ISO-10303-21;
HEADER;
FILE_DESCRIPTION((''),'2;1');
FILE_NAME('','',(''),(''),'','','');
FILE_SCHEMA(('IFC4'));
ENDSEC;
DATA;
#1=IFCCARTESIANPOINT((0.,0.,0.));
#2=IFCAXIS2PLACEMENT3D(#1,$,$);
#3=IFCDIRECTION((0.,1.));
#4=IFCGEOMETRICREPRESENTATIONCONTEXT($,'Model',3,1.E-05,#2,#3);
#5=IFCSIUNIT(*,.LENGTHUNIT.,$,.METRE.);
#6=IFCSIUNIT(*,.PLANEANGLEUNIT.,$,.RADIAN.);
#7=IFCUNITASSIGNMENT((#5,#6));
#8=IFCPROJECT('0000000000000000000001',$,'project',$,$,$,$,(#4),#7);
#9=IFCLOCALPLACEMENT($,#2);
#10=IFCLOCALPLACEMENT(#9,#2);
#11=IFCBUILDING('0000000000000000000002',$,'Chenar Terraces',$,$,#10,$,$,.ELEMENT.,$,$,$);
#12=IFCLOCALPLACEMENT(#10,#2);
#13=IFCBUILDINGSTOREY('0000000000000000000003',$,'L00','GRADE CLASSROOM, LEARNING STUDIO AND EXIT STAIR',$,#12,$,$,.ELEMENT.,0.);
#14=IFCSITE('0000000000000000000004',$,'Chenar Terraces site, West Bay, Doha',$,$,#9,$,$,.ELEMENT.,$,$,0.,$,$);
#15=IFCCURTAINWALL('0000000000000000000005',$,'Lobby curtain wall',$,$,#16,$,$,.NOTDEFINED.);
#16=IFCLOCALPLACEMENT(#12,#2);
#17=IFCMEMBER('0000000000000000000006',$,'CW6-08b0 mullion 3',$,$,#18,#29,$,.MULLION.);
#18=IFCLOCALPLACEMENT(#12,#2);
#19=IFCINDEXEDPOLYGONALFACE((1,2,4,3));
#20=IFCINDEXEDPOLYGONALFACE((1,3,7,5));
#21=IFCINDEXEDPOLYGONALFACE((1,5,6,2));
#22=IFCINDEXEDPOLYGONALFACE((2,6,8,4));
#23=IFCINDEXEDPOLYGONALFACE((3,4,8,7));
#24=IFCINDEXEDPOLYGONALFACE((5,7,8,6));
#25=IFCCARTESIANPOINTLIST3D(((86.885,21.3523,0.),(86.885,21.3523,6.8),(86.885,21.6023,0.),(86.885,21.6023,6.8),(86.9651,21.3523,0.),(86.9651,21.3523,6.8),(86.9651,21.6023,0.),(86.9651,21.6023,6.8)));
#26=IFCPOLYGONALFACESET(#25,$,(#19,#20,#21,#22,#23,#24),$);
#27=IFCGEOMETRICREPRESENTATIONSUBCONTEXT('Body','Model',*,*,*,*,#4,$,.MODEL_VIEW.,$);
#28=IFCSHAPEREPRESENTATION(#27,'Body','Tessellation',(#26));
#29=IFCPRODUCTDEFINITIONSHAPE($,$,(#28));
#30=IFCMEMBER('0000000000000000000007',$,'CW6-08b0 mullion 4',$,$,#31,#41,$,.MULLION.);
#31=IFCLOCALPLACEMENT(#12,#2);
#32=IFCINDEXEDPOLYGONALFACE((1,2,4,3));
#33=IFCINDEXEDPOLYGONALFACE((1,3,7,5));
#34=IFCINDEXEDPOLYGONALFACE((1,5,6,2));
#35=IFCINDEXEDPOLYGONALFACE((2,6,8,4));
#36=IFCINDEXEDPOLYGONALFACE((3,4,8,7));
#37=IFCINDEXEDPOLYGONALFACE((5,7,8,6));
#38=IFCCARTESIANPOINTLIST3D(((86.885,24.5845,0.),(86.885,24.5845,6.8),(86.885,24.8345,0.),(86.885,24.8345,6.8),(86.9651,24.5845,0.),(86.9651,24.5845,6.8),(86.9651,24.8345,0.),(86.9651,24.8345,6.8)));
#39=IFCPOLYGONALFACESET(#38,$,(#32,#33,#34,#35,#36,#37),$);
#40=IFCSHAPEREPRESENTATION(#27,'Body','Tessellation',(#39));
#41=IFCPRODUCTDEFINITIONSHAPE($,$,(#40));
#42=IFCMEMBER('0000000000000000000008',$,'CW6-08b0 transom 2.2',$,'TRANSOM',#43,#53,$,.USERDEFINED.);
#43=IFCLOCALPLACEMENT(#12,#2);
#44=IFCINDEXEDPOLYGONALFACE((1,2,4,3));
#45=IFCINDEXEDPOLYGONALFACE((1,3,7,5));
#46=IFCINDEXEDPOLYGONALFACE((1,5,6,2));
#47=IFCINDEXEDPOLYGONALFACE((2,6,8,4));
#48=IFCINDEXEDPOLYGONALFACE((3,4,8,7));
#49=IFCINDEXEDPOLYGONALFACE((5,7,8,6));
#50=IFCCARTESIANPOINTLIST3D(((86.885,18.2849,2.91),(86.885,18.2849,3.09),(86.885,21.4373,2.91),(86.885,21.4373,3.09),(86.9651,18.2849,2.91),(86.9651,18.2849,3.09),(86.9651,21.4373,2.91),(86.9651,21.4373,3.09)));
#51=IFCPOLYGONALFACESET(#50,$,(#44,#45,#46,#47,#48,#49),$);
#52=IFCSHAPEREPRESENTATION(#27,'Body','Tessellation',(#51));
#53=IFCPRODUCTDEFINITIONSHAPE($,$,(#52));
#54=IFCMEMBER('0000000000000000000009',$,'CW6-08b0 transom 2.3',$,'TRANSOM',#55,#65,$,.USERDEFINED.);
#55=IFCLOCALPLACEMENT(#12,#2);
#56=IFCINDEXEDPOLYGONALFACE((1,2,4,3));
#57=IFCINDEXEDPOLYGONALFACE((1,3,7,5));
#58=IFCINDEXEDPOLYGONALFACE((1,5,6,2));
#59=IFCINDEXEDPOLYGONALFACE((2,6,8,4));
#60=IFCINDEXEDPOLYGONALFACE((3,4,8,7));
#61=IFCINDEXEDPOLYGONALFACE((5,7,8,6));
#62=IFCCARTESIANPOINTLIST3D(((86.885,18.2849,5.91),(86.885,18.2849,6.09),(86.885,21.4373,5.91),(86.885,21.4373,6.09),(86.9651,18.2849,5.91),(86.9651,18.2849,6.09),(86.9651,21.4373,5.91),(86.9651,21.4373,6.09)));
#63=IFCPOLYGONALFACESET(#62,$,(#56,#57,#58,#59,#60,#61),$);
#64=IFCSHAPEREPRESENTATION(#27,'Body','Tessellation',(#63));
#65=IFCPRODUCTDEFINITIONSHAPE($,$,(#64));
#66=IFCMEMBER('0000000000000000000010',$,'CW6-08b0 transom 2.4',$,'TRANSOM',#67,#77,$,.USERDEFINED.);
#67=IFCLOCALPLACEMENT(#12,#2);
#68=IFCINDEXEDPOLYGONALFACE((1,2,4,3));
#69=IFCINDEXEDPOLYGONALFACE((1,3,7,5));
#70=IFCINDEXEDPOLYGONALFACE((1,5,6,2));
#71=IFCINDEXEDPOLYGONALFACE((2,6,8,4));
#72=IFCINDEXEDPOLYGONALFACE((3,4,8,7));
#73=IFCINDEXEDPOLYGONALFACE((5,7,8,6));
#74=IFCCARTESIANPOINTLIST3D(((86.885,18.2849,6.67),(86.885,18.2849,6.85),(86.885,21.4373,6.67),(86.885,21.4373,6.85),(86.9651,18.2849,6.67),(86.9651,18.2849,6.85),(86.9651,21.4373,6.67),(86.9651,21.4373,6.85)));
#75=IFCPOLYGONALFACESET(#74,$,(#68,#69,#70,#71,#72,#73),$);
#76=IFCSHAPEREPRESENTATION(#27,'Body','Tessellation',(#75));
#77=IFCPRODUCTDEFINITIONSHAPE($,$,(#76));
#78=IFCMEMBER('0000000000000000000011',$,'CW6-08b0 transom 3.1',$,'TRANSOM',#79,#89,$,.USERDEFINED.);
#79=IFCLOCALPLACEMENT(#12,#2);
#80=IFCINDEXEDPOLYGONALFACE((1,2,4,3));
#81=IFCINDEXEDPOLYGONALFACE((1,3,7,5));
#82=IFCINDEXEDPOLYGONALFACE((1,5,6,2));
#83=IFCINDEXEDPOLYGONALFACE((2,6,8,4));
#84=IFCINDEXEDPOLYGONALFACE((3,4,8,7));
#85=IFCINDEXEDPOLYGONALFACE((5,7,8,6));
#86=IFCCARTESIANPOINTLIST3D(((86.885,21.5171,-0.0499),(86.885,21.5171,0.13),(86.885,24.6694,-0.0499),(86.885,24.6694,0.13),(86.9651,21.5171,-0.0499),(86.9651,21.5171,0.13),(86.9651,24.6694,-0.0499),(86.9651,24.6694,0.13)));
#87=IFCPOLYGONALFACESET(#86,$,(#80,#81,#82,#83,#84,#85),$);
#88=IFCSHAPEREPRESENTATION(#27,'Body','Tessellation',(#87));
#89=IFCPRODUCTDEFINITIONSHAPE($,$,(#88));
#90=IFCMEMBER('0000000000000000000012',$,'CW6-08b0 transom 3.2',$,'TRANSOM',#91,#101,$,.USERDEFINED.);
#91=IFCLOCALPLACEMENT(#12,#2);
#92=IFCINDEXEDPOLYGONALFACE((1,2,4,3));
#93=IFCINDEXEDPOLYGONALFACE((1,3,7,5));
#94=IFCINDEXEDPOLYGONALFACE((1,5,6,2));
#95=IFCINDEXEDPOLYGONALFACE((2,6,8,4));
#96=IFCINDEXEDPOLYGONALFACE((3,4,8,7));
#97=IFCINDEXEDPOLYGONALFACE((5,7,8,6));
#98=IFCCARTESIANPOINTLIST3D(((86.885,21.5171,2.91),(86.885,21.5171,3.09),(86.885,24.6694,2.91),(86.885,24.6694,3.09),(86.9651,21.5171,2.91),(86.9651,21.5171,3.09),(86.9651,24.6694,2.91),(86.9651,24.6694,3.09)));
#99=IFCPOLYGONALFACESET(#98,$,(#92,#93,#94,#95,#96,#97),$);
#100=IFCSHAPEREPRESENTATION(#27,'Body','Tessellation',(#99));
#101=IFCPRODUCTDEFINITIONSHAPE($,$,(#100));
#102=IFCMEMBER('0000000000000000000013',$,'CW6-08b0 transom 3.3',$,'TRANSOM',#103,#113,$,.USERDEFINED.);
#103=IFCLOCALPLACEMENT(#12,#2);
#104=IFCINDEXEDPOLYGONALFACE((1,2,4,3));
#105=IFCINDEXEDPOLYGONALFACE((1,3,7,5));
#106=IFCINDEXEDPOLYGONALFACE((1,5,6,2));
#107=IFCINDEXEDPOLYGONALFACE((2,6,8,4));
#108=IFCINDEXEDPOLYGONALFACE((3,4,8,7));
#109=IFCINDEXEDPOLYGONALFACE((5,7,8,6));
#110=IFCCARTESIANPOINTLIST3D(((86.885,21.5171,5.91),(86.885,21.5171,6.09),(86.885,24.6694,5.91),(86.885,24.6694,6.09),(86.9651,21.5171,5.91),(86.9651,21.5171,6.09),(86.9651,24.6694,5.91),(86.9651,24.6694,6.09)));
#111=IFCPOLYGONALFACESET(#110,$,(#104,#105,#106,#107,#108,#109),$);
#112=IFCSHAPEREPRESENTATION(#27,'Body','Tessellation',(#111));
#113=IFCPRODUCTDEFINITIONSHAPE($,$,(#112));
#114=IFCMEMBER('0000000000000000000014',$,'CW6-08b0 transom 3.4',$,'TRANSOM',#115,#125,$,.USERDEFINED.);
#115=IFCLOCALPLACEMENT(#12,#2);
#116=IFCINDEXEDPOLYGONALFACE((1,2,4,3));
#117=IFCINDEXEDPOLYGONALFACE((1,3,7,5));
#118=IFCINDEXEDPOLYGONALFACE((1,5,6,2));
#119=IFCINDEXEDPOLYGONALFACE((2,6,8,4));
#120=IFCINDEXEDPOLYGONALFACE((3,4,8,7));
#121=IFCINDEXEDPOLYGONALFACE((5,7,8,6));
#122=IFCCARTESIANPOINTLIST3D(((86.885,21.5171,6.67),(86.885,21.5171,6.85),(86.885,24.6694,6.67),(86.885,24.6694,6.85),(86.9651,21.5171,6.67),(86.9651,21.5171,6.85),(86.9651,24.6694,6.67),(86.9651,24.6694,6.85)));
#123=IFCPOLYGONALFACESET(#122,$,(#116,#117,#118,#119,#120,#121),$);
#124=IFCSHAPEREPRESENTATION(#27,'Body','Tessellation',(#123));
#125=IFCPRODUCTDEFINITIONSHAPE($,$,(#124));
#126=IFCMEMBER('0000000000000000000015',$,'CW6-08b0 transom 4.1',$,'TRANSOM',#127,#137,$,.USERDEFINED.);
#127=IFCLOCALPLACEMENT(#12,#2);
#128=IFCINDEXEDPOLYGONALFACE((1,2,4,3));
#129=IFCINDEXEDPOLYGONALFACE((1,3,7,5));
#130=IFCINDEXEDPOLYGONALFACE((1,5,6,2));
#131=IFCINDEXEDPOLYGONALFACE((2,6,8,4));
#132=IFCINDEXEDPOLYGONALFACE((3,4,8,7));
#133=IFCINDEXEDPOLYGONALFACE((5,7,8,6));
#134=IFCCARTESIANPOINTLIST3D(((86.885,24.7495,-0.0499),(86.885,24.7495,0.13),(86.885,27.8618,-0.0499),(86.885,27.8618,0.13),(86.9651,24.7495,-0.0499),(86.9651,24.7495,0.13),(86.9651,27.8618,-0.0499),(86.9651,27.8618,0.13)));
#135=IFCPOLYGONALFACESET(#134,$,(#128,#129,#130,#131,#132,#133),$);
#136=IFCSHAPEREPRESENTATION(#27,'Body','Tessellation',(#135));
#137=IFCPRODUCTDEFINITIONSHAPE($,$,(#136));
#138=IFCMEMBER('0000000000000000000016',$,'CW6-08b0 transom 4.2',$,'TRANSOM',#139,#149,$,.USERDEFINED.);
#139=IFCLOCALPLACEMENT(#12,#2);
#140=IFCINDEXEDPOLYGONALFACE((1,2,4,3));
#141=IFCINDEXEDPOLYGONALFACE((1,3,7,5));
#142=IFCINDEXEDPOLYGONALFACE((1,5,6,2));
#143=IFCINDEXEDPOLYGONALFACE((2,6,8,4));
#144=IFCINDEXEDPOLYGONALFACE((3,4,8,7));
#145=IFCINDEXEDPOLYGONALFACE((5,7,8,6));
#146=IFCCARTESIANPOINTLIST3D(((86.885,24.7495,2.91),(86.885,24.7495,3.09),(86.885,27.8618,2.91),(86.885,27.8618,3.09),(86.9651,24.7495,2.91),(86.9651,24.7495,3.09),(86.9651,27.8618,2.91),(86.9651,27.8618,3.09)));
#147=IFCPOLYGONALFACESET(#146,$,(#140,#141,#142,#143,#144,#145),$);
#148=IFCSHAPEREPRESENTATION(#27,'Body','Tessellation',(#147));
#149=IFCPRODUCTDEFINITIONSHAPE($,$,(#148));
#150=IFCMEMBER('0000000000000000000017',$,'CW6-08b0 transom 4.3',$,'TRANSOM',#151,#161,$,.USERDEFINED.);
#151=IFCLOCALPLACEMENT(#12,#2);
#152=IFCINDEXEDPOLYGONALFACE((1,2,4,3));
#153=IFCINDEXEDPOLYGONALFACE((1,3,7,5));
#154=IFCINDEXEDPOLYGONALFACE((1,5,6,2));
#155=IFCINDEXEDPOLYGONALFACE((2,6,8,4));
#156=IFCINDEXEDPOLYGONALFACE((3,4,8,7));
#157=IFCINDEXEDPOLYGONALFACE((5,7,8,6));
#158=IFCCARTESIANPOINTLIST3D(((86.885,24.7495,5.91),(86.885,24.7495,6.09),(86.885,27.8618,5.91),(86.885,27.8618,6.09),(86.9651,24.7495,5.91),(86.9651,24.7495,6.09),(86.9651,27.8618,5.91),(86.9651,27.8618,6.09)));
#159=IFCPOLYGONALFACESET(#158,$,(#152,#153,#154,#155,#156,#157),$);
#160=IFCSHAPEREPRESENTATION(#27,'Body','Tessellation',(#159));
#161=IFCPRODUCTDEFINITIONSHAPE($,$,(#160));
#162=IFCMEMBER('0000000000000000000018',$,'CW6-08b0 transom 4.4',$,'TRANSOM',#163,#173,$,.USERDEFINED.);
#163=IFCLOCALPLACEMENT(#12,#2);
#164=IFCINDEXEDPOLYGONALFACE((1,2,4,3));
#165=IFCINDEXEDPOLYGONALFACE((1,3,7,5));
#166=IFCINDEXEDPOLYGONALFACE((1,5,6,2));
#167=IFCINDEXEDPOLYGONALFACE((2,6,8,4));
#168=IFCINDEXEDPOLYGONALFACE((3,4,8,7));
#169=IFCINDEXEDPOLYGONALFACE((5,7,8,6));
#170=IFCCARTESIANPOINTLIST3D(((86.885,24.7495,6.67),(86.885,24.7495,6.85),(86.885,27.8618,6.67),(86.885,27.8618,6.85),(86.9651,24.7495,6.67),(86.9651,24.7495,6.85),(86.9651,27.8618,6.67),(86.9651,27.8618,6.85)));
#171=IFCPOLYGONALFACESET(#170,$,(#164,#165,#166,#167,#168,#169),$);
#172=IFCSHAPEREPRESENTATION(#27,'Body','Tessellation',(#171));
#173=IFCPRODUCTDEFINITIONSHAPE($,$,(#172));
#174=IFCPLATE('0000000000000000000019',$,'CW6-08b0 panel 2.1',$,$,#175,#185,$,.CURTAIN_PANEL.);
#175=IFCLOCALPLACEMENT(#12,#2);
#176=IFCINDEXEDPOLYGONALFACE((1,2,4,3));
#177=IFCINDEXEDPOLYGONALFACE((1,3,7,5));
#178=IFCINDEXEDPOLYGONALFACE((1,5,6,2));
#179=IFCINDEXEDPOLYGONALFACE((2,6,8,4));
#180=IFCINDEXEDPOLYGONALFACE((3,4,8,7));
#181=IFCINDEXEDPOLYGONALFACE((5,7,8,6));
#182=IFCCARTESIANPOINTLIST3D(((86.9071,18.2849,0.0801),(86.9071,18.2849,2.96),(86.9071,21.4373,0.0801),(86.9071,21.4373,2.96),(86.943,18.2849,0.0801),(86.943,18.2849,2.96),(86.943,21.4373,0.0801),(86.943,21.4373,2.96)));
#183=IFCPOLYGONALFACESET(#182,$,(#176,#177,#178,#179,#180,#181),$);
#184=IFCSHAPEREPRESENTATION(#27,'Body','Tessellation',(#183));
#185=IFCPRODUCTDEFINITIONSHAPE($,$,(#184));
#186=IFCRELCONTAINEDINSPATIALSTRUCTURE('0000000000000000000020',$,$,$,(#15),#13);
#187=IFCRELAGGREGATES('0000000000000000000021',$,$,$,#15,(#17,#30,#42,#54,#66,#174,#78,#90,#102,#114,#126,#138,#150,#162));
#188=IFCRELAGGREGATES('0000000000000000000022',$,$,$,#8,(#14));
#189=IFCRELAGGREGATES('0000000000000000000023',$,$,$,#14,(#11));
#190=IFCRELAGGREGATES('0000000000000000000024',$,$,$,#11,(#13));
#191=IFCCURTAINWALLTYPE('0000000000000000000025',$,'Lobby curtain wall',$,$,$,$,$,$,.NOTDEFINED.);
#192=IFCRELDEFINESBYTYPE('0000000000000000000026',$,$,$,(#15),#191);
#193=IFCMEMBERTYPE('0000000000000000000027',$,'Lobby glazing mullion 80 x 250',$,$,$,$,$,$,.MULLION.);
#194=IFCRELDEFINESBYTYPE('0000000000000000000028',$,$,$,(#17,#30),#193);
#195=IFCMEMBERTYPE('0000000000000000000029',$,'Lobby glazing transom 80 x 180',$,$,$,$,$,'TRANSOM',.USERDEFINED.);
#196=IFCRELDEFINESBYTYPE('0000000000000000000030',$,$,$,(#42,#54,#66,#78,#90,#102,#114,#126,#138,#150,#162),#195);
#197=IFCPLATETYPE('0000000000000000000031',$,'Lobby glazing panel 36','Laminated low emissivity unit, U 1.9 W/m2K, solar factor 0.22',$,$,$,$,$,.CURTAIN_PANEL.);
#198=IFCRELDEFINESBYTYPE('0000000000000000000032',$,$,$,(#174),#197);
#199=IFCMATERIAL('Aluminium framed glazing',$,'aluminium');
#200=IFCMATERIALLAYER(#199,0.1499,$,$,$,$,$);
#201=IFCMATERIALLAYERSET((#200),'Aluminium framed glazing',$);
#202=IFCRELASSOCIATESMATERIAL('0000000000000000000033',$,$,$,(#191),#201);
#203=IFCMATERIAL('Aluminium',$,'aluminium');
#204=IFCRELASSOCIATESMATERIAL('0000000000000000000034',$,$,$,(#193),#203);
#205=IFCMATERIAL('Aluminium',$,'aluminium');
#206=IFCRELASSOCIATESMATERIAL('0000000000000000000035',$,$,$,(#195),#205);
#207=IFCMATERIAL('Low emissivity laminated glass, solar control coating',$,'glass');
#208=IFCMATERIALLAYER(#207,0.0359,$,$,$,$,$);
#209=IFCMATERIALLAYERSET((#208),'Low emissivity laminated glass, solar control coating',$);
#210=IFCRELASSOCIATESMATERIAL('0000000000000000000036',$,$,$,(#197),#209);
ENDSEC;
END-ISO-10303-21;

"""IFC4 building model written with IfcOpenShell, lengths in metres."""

from ifc_helpers import new_model, si_unit, direction, frame, origin, origin_2d, place, context, subcontext, project, spatial, rectangle, extrude, material, layer, layer_set, material_profile, profile_set, type_object, element, aggregate, save


model = new_model("IFC4")

# Units and contexts
model_context = context("Model", 3, precision=1e-05, world=origin(), true_north=direction((0.0, 1.0)))
body_context = subcontext(model_context, "Body", "Model", "MODEL_VIEW")
ifc_project = project(units=[si_unit("LENGTHUNIT", "METRE"), si_unit("PLANEANGLEUNIT", "RADIAN")], contexts=[model_context])

# Site, building, storey
site_placement = place(None, origin())
site = spatial("IfcSite", under=ifc_project, at=site_placement, Name="Chenar Terraces site, West Bay, Doha", CompositionType="ELEMENT", RefElevation=0.0)
building_placement = place(site_placement, origin())
building = spatial("IfcBuilding", under=site, at=building_placement, Name="Chenar Terraces", CompositionType="ELEMENT")
storey_placement = place(building_placement, origin())
storey = spatial("IfcBuildingStorey", under=building, at=storey_placement, Name="L00", Description="GRADE CLASSROOM, LEARNING STUDIO AND EXIT STAIR", CompositionType="ELEMENT", Elevation=0.0)

# Curtain wall, members, plate
ifc_material_1 = material(Name="Aluminium framed glazing", Category="aluminium")
ifc_layer_1 = layer(ifc_material_1, 0.1499)
ifc_layer_set_1 = layer_set([ifc_layer_1], Name="Aluminium framed glazing")
curtain_wall_type = type_object("IfcCurtainWallType", Name="Lobby curtain wall", PredefinedType="NOTDEFINED", material=ifc_layer_set_1)
curtain_wall_placement = place(storey_placement, origin())
curtain_wall = element("IfcCurtainWall", 1, at=curtain_wall_placement, inside=storey, type_object=curtain_wall_type, Name="Lobby curtain wall", PredefinedType="NOTDEFINED")
ifc_material_2 = material(Name="Aluminium", Category="aluminium")
ifc_material_profile_1 = material_profile(ifc_material_2, rectangle(XDim=0.0801, YDim=0.25, at=origin_2d()), Name="Lobby glazing mullion 80 x 250")
ifc_profile_set_1 = profile_set([ifc_material_profile_1], Name="Aluminium")
member_type_1 = type_object("IfcMemberType", Name="Lobby glazing mullion 80 x 250", PredefinedType="MULLION", material=ifc_profile_set_1)
member_1_placement = place(storey_placement, frame((86.925, 21.4773, 0.0), z_axis=(0.0, 0.0, 1.0), x_axis=(-1.0, 0.0, 0.0)))
member_1 = element("IfcMember", 2, at=member_1_placement, type_object=member_type_1, Name="CW6-08b0 mullion 3", PredefinedType="MULLION", context=body_context, shape_type="SweptSolid", body=[
    extrude(rectangle(XDim=0.0801, YDim=0.25, at=origin_2d()), origin(), (0.0, 0.0, 1.0), 6.8),
])
member_2_placement = place(storey_placement, frame((86.925, 24.7095, 0.0), z_axis=(0.0, 0.0, 1.0), x_axis=(-1.0, 0.0, 0.0)))
member_2 = element("IfcMember", 3, at=member_2_placement, type_object=member_type_1, Name="CW6-08b0 mullion 4", PredefinedType="MULLION", context=body_context, shape_type="SweptSolid", body=[
    extrude(rectangle(XDim=0.0801, YDim=0.25, at=origin_2d()), origin(), (0.0, 0.0, 1.0), 6.8),
])
ifc_material_3 = material(Name="Aluminium", Category="aluminium")
ifc_material_profile_2 = material_profile(ifc_material_3, rectangle(XDim=0.0801, YDim=0.1799, at=origin_2d()), Name="Lobby glazing transom 80 x 180")
ifc_profile_set_2 = profile_set([ifc_material_profile_2], Name="Aluminium")
member_type_2 = type_object("IfcMemberType", Name="Lobby glazing transom 80 x 180", ElementType="TRANSOM", PredefinedType="USERDEFINED", material=ifc_profile_set_2)
member_3_placement = place(storey_placement, frame((86.925, 18.2849, 3.0), z_axis=(0.0, 1.0, 0.0), x_axis=(-1.0, 0.0, 0.0)))
member_3 = element("IfcMember", 4, at=member_3_placement, type_object=member_type_2, Name="CW6-08b0 transom 2.2", ObjectType="TRANSOM", PredefinedType="USERDEFINED", context=body_context, shape_type="SweptSolid", body=[
    extrude(rectangle(XDim=0.0801, YDim=0.1799, at=origin_2d()), origin(), (0.0, 0.0, 1.0), 3.1523),
])
member_4_placement = place(storey_placement, frame((86.925, 18.2849, 6.0), z_axis=(0.0, 1.0, 0.0), x_axis=(-1.0, 0.0, 0.0)))
member_4 = element("IfcMember", 5, at=member_4_placement, type_object=member_type_2, Name="CW6-08b0 transom 2.3", ObjectType="TRANSOM", PredefinedType="USERDEFINED", context=body_context, shape_type="SweptSolid", body=[
    extrude(rectangle(XDim=0.0801, YDim=0.1799, at=origin_2d()), origin(), (0.0, 0.0, 1.0), 3.1523),
])
member_5_placement = place(storey_placement, frame((86.925, 18.2849, 6.76), z_axis=(0.0, 1.0, 0.0), x_axis=(-1.0, 0.0, 0.0)))
member_5 = element("IfcMember", 6, at=member_5_placement, type_object=member_type_2, Name="CW6-08b0 transom 2.4", ObjectType="TRANSOM", PredefinedType="USERDEFINED", context=body_context, shape_type="SweptSolid", body=[
    extrude(rectangle(XDim=0.0801, YDim=0.1799, at=origin_2d()), origin(), (0.0, 0.0, 1.0), 3.1523),
])
member_6_placement = place(storey_placement, frame((86.925, 21.5171, 0.04), z_axis=(0.0, 1.0, 0.0), x_axis=(-1.0, 0.0, 0.0)))
member_6 = element("IfcMember", 7, at=member_6_placement, type_object=member_type_2, Name="CW6-08b0 transom 3.1", ObjectType="TRANSOM", PredefinedType="USERDEFINED", context=body_context, shape_type="SweptSolid", body=[
    extrude(rectangle(XDim=0.0801, YDim=0.1799, at=origin_2d()), origin(), (0.0, 0.0, 1.0), 3.1523),
])
member_7_placement = place(storey_placement, frame((86.925, 21.5171, 3.0), z_axis=(0.0, 1.0, 0.0), x_axis=(-1.0, 0.0, 0.0)))
member_7 = element("IfcMember", 8, at=member_7_placement, type_object=member_type_2, Name="CW6-08b0 transom 3.2", ObjectType="TRANSOM", PredefinedType="USERDEFINED", context=body_context, shape_type="SweptSolid", body=[
    extrude(rectangle(XDim=0.0801, YDim=0.1799, at=origin_2d()), origin(), (0.0, 0.0, 1.0), 3.1523),
])
member_8_placement = place(storey_placement, frame((86.925, 21.5171, 6.0), z_axis=(0.0, 1.0, 0.0), x_axis=(-1.0, 0.0, 0.0)))
member_8 = element("IfcMember", 9, at=member_8_placement, type_object=member_type_2, Name="CW6-08b0 transom 3.3", ObjectType="TRANSOM", PredefinedType="USERDEFINED", context=body_context, shape_type="SweptSolid", body=[
    extrude(rectangle(XDim=0.0801, YDim=0.1799, at=origin_2d()), origin(), (0.0, 0.0, 1.0), 3.1523),
])
member_9_placement = place(storey_placement, frame((86.925, 21.5171, 6.76), z_axis=(0.0, 1.0, 0.0), x_axis=(-1.0, 0.0, 0.0)))
member_9 = element("IfcMember", 10, at=member_9_placement, type_object=member_type_2, Name="CW6-08b0 transom 3.4", ObjectType="TRANSOM", PredefinedType="USERDEFINED", context=body_context, shape_type="SweptSolid", body=[
    extrude(rectangle(XDim=0.0801, YDim=0.1799, at=origin_2d()), origin(), (0.0, 0.0, 1.0), 3.1523),
])
member_10_placement = place(storey_placement, frame((86.925, 24.7495, 0.04), z_axis=(0.0, 1.0, 0.0), x_axis=(-1.0, 0.0, 0.0)))
member_10 = element("IfcMember", 11, at=member_10_placement, type_object=member_type_2, Name="CW6-08b0 transom 4.1", ObjectType="TRANSOM", PredefinedType="USERDEFINED", context=body_context, shape_type="SweptSolid", body=[
    extrude(rectangle(XDim=0.0801, YDim=0.1799, at=origin_2d()), origin(), (0.0, 0.0, 1.0), 3.1123),
])
member_11_placement = place(storey_placement, frame((86.925, 24.7495, 3.0), z_axis=(0.0, 1.0, 0.0), x_axis=(-1.0, 0.0, 0.0)))
member_11 = element("IfcMember", 12, at=member_11_placement, type_object=member_type_2, Name="CW6-08b0 transom 4.2", ObjectType="TRANSOM", PredefinedType="USERDEFINED", context=body_context, shape_type="SweptSolid", body=[
    extrude(rectangle(XDim=0.0801, YDim=0.1799, at=origin_2d()), origin(), (0.0, 0.0, 1.0), 3.1123),
])
member_12_placement = place(storey_placement, frame((86.925, 24.7495, 6.0), z_axis=(0.0, 1.0, 0.0), x_axis=(-1.0, 0.0, 0.0)))
member_12 = element("IfcMember", 13, at=member_12_placement, type_object=member_type_2, Name="CW6-08b0 transom 4.3", ObjectType="TRANSOM", PredefinedType="USERDEFINED", context=body_context, shape_type="SweptSolid", body=[
    extrude(rectangle(XDim=0.0801, YDim=0.1799, at=origin_2d()), origin(), (0.0, 0.0, 1.0), 3.1123),
])
member_13_placement = place(storey_placement, frame((86.925, 24.7495, 6.76), z_axis=(0.0, 1.0, 0.0), x_axis=(-1.0, 0.0, 0.0)))
member_13 = element("IfcMember", 14, at=member_13_placement, type_object=member_type_2, Name="CW6-08b0 transom 4.4", ObjectType="TRANSOM", PredefinedType="USERDEFINED", context=body_context, shape_type="SweptSolid", body=[
    extrude(rectangle(XDim=0.0801, YDim=0.1799, at=origin_2d()), origin(), (0.0, 0.0, 1.0), 3.1123),
])
ifc_material_4 = material(Name="Low emissivity laminated glass, solar control coating", Category="glass")
ifc_layer_2 = layer(ifc_material_4, 0.0359)
ifc_layer_set_2 = layer_set([ifc_layer_2], Name="Low emissivity laminated glass, solar control coating")
plate_type = type_object("IfcPlateType", Name="Lobby glazing panel 36", Description="Laminated low emissivity unit, U 1.9 W/m2K, solar factor 0.22", PredefinedType="CURTAIN_PANEL", material=ifc_layer_set_2)
plate_1_placement = place(storey_placement, frame((86.925, 19.8611, 0.0801), z_axis=(0.0, 0.0, 1.0), x_axis=(0.0, 1.0, 0.0)))
plate_1 = element("IfcPlate", 15, at=plate_1_placement, type_object=plate_type, Name="CW6-08b0 panel 2.1", PredefinedType="CURTAIN_PANEL", context=body_context, shape_type="SweptSolid", body=[
    extrude(rectangle(XDim=3.1523, YDim=0.0359, at=origin_2d()), origin(), (0.0, 0.0, 1.0), 2.8799),
])
aggregate(curtain_wall, [member_1, member_2, member_3, member_4, member_5, plate_1, member_6, member_7, member_8, member_9, member_10, member_11, member_12, member_13])

save(model, "model.ifc")
